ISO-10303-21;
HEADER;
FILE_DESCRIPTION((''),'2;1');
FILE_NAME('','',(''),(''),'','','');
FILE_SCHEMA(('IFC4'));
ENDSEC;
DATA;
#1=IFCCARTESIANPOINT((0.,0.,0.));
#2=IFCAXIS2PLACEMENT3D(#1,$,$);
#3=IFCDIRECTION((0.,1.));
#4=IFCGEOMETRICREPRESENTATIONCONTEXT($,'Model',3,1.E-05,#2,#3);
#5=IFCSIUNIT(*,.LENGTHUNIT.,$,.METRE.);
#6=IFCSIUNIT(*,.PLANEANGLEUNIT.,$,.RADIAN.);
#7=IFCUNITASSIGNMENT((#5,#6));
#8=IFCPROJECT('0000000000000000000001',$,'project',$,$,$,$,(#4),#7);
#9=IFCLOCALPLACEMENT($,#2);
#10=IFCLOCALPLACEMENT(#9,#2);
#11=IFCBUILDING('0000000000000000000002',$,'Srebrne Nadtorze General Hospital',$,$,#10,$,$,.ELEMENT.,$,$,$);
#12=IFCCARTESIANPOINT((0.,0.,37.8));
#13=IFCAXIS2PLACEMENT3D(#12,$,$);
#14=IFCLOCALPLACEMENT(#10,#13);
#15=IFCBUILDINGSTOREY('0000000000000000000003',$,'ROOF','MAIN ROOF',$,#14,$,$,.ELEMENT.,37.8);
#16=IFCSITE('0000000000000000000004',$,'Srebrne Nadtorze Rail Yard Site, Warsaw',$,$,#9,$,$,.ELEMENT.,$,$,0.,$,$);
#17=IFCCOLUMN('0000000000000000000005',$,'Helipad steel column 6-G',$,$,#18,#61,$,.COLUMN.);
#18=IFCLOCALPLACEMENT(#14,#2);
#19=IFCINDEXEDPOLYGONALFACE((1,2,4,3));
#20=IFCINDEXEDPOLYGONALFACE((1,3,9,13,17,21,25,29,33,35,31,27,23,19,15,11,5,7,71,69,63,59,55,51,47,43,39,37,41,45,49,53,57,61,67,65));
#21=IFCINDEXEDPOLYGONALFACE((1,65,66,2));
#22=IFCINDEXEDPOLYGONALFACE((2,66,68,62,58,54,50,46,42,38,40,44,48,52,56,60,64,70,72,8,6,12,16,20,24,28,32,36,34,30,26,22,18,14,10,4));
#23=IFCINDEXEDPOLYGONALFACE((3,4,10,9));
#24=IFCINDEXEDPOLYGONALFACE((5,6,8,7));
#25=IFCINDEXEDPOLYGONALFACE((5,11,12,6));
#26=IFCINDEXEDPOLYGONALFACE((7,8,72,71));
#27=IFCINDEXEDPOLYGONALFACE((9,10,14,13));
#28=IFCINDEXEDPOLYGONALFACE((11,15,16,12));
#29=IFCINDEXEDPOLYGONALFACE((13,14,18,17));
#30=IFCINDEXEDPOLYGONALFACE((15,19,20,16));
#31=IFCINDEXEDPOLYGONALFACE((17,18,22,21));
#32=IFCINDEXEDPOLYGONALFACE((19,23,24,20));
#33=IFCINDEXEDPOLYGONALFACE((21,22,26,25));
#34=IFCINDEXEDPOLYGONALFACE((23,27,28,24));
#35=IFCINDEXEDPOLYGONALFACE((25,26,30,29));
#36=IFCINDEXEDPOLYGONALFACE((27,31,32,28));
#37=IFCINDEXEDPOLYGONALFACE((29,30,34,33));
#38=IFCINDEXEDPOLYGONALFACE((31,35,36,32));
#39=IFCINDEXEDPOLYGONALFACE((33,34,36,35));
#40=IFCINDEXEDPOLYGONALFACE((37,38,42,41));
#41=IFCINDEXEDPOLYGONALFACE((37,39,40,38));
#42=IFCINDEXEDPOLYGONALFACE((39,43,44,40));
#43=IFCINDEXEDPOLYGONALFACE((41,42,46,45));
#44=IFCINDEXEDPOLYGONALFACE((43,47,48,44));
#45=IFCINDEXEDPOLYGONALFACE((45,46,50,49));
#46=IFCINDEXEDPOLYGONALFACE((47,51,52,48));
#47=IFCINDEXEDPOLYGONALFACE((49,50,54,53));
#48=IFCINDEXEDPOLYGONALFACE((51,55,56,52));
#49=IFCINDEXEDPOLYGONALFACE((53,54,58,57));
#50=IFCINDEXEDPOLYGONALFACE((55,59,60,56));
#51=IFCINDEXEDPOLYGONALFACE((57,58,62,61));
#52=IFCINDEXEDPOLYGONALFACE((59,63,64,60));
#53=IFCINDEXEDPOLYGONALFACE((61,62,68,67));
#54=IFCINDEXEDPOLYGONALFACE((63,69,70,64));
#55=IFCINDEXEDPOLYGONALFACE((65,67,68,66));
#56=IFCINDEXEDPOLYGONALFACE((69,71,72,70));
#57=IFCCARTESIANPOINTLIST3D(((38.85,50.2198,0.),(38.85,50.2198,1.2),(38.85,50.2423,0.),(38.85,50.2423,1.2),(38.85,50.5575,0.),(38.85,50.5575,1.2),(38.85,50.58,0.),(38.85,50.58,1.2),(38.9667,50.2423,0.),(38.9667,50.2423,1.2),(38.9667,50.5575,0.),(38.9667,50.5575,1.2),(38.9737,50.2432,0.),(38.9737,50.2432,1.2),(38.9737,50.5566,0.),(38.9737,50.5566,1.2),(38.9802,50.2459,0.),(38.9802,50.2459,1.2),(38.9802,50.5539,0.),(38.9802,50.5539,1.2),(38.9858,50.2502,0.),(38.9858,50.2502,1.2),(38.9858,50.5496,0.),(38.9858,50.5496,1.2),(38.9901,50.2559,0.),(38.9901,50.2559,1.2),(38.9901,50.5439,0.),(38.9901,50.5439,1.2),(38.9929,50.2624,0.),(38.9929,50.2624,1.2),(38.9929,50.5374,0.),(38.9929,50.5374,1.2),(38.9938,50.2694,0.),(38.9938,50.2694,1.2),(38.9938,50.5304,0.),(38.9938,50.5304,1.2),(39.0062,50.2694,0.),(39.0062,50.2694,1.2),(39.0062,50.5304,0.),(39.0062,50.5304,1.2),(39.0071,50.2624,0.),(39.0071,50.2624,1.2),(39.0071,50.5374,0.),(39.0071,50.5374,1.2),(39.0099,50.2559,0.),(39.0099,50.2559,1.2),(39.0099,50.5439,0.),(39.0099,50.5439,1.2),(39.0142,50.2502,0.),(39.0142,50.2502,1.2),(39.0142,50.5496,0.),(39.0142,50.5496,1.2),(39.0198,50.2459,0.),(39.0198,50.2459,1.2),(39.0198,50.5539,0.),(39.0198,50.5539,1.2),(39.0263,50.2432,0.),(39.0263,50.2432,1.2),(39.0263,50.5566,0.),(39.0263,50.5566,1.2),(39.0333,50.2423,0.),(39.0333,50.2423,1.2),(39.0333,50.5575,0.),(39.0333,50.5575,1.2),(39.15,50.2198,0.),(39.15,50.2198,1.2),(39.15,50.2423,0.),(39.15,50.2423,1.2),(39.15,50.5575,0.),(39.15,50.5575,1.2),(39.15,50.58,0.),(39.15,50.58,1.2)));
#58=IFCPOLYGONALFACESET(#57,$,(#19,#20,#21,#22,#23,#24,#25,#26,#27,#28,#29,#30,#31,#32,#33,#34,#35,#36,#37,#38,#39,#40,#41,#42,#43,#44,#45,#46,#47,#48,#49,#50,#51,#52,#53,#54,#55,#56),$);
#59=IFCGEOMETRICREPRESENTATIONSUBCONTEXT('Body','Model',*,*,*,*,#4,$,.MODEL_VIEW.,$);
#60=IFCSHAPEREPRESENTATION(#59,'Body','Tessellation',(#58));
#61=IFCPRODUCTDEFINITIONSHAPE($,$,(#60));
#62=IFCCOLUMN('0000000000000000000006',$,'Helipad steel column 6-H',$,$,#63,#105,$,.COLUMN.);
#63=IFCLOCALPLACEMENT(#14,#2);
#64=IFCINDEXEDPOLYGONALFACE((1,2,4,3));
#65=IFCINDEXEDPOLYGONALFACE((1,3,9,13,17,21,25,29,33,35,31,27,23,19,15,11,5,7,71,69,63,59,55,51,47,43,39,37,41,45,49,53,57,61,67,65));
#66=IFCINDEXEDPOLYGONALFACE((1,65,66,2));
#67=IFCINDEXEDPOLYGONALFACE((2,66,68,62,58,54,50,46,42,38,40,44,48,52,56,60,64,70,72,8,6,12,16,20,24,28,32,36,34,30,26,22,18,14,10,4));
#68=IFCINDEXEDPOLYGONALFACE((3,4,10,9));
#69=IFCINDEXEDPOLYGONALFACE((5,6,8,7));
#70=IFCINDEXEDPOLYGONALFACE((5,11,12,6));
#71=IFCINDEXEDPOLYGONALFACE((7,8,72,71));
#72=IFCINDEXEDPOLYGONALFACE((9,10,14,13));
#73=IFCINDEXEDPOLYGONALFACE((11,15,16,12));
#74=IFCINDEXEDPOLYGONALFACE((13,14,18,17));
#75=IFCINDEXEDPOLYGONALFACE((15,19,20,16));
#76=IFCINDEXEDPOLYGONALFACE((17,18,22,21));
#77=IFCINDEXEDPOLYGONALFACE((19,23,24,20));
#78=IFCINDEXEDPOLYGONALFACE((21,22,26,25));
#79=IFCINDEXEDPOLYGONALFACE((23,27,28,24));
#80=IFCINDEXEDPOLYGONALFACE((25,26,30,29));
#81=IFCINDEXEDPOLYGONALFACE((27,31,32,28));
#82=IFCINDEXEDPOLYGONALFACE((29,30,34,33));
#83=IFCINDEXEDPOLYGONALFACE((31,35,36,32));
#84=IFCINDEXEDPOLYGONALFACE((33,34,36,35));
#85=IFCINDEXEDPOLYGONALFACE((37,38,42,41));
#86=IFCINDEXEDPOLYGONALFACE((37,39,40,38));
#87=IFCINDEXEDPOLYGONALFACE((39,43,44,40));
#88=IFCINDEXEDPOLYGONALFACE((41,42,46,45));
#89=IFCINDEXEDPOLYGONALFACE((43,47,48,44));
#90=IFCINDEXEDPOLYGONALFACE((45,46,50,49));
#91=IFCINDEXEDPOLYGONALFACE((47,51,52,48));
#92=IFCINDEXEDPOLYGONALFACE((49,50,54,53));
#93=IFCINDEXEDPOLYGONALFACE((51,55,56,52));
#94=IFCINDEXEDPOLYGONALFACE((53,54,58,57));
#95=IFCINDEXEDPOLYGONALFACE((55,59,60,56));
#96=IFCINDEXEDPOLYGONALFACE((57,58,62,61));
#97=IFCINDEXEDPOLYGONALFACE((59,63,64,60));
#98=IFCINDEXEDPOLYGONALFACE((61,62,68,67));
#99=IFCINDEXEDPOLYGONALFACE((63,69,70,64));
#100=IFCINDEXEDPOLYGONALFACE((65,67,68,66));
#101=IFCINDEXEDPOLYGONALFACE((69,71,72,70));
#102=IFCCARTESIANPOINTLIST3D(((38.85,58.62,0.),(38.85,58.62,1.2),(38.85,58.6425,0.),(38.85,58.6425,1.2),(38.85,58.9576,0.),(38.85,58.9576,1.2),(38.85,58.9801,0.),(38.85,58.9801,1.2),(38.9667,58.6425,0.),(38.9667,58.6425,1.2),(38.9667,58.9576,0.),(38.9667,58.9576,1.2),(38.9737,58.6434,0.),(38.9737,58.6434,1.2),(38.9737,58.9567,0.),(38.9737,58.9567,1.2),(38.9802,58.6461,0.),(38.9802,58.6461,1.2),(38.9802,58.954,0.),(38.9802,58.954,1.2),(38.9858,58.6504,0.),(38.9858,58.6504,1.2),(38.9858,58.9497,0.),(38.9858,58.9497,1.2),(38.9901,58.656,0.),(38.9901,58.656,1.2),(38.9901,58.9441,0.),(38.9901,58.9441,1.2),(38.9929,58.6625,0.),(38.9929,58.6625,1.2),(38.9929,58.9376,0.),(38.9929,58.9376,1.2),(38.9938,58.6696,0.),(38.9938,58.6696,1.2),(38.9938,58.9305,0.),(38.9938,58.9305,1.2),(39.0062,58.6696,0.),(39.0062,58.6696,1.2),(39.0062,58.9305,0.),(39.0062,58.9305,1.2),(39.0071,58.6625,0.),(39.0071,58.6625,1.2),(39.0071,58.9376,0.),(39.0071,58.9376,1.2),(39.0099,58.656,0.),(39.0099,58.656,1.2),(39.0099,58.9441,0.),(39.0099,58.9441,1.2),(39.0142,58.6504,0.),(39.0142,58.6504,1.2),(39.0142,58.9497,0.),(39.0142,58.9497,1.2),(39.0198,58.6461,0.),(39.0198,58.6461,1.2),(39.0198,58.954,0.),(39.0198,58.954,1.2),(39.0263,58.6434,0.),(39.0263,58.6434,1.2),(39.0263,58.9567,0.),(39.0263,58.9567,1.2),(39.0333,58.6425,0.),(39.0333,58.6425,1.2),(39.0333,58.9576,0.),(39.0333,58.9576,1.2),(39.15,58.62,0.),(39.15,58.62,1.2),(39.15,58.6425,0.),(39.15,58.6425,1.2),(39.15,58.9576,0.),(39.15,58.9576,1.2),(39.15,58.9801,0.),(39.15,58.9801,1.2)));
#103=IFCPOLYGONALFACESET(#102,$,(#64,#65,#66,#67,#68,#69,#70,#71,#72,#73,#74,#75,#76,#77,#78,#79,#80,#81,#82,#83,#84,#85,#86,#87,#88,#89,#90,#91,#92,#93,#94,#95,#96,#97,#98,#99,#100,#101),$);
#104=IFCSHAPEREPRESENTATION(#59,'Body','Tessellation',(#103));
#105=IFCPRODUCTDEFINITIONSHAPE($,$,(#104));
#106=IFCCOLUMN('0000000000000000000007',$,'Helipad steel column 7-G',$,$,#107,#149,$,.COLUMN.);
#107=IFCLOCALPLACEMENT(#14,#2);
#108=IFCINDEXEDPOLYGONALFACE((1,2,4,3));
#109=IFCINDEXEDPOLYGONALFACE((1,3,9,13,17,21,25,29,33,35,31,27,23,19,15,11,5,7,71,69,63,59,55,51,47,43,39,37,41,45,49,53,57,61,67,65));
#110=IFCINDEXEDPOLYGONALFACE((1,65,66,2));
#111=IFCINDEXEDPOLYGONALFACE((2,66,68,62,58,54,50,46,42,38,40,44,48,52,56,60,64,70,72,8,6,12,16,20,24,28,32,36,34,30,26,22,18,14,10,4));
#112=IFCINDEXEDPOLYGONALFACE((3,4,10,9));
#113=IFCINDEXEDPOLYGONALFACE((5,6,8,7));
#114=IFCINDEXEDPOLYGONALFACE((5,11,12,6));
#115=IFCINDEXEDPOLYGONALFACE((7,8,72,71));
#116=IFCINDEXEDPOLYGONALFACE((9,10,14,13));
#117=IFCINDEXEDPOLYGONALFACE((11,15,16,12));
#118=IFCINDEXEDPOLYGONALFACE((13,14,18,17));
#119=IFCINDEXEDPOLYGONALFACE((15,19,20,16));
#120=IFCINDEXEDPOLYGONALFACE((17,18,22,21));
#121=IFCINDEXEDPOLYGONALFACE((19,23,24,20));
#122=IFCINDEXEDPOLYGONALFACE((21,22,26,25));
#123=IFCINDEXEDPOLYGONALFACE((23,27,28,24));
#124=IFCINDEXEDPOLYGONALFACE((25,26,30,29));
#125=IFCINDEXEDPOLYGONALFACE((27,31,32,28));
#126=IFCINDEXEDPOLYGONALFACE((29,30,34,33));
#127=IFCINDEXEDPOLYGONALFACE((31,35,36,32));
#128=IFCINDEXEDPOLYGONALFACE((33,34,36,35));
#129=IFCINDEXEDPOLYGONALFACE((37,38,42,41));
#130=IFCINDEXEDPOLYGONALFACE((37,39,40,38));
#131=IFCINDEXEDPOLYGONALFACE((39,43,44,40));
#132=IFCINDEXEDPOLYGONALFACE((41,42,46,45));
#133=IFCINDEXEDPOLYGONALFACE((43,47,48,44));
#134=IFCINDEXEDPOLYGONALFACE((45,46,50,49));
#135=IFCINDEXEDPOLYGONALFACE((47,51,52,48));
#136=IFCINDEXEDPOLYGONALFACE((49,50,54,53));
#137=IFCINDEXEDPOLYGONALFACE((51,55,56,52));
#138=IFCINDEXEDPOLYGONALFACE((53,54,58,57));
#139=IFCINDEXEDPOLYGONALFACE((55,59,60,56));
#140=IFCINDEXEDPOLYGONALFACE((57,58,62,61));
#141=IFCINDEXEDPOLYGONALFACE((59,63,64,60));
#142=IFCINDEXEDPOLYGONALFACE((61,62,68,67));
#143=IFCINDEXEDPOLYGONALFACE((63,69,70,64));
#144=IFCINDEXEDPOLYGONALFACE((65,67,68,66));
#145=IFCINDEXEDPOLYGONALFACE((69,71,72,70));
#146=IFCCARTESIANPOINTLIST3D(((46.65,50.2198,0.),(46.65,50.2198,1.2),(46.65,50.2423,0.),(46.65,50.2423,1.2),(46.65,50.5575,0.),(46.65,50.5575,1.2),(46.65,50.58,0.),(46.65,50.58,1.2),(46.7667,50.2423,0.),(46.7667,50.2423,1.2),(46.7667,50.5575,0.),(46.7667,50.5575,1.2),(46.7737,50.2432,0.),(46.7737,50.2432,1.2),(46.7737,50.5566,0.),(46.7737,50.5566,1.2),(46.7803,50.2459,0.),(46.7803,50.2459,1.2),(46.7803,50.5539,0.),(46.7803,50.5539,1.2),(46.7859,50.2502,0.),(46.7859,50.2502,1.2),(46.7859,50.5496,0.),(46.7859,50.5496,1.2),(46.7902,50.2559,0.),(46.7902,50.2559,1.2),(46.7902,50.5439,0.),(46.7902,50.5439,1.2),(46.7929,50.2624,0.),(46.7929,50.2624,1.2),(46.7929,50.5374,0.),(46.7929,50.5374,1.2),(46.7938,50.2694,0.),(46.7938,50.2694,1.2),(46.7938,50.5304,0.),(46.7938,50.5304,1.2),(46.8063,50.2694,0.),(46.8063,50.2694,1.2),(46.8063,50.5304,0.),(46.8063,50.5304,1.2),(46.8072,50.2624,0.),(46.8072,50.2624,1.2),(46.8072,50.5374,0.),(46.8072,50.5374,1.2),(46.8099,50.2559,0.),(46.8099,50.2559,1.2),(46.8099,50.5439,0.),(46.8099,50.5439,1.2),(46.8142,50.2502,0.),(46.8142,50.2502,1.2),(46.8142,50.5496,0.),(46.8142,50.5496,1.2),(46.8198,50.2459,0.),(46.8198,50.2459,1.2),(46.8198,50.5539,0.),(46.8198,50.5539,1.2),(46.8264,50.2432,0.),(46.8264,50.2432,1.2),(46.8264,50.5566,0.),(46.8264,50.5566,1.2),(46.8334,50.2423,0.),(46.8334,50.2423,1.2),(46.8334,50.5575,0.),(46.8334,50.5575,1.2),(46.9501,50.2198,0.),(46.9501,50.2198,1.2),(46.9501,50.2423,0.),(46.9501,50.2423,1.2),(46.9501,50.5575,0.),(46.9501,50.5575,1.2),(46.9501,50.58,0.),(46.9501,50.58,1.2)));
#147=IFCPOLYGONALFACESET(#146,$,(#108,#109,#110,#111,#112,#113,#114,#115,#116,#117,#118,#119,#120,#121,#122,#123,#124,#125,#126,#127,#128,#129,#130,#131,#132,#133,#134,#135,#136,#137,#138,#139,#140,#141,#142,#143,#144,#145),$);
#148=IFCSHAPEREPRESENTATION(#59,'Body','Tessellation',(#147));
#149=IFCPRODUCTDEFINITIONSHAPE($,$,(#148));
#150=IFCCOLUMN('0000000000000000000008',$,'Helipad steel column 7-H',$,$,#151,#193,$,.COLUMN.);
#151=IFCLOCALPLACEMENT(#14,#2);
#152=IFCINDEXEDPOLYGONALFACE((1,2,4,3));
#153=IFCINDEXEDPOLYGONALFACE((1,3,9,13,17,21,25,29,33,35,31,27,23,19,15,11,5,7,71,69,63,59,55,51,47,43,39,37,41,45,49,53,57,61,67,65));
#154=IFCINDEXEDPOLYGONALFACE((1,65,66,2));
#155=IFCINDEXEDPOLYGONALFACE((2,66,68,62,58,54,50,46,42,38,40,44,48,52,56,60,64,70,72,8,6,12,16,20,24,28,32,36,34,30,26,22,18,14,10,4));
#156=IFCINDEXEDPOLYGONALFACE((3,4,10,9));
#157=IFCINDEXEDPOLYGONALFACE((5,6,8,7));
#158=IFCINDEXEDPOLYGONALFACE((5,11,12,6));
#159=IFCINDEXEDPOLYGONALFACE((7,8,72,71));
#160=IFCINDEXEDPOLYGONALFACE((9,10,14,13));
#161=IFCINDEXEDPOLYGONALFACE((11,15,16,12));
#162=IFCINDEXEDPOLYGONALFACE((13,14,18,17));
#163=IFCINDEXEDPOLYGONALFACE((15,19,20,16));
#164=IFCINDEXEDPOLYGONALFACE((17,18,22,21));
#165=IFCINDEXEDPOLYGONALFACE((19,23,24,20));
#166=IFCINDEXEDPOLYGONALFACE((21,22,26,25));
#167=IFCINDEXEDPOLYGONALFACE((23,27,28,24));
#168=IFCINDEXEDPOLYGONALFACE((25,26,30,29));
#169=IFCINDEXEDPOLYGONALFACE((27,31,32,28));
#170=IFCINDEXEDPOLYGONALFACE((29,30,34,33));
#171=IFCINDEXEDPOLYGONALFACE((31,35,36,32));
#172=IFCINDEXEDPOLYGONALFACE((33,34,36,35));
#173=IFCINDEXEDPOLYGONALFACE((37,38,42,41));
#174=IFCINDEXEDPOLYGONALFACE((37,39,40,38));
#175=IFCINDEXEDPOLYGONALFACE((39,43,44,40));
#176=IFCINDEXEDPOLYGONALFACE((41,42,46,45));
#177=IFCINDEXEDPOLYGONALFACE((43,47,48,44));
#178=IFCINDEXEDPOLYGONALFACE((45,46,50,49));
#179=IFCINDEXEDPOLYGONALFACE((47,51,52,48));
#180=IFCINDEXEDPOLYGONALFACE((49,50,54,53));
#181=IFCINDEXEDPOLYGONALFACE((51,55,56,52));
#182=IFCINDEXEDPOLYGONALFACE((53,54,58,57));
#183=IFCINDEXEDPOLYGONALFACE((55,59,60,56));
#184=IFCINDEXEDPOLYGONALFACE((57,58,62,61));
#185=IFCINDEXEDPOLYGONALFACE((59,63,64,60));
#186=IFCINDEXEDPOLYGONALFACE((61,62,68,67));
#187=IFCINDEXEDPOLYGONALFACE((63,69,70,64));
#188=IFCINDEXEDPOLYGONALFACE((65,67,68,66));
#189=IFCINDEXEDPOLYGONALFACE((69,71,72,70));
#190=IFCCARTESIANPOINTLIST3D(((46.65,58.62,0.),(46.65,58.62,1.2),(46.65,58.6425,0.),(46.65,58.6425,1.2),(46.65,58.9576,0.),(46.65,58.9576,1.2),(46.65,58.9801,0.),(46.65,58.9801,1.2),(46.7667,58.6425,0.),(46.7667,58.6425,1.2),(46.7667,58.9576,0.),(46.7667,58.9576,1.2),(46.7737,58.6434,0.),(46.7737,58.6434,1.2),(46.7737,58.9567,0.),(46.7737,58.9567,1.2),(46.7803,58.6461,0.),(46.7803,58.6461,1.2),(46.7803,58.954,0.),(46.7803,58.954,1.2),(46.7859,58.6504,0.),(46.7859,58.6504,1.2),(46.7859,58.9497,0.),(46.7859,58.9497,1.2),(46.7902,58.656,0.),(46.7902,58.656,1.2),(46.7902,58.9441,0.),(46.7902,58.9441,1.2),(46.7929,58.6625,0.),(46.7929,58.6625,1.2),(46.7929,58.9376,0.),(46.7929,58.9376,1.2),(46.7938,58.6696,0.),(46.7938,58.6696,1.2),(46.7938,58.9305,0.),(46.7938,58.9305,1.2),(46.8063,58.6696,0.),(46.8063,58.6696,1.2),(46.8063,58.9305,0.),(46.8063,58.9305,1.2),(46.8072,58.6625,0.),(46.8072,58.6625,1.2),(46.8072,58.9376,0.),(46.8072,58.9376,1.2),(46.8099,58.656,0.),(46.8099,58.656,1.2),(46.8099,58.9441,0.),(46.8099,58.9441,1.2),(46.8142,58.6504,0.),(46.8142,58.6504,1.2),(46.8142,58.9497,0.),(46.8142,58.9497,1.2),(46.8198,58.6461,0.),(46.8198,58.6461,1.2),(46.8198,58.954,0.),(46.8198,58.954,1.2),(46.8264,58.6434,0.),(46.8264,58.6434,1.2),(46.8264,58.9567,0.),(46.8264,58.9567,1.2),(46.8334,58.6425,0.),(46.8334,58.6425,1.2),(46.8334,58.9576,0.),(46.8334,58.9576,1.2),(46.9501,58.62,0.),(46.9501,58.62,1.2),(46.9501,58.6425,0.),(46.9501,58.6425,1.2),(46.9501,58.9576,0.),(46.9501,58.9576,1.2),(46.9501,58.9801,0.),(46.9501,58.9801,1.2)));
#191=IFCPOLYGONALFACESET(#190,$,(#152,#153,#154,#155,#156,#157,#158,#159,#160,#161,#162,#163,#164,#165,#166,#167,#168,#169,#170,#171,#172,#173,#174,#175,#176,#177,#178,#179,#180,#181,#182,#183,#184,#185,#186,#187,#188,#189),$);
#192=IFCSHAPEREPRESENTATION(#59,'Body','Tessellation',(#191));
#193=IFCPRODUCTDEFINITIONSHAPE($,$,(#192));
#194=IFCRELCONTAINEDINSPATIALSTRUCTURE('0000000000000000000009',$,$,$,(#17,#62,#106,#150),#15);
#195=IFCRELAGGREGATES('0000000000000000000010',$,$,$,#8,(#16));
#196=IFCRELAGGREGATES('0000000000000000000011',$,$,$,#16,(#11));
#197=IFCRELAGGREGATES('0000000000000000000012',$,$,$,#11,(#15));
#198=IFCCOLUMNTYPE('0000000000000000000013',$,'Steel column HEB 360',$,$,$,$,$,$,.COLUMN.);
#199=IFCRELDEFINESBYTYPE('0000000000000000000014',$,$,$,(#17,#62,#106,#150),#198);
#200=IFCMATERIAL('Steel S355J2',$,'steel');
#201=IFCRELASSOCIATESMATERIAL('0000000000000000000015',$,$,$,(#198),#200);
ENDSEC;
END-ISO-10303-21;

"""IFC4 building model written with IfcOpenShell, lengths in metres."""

from ifc_helpers import new_model, si_unit, direction, frame, origin, origin_2d, place, context, subcontext, project, spatial, i_section, extrude, material, material_profile, profile_set, type_object, element, save


model = new_model("IFC4")

# Units and contexts
model_context = context("Model", 3, precision=1e-05, world=origin(), true_north=direction((0.0, 1.0)))
body_context = subcontext(model_context, "Body", "Model", "MODEL_VIEW")
ifc_project = project(units=[si_unit("LENGTHUNIT", "METRE"), si_unit("PLANEANGLEUNIT", "RADIAN")], contexts=[model_context])

# Site, building, storey
site_placement = place(None, origin())
site = spatial("IfcSite", under=ifc_project, at=site_placement, Name="Srebrne Nadtorze Rail Yard Site, Warsaw", CompositionType="ELEMENT", RefElevation=0.0)
building_placement = place(site_placement, origin())
building = spatial("IfcBuilding", under=site, at=building_placement, Name="Srebrne Nadtorze General Hospital", CompositionType="ELEMENT")
storey_placement = place(building_placement, frame((0.0, 0.0, 37.8)))
storey = spatial("IfcBuildingStorey", under=building, at=storey_placement, Name="ROOF", Description="MAIN ROOF", CompositionType="ELEMENT", Elevation=37.8)

# Columns
ifc_material_1 = material(Name="Steel S355J2", Category="steel")
ifc_material_profile_1 = material_profile(ifc_material_1, i_section(OverallWidth=0.3, OverallDepth=0.3601, WebThickness=0.0125, FlangeThickness=0.0225, FilletRadius=0.0271, at=origin_2d()), Name="HEB-360")
ifc_profile_set_1 = profile_set([ifc_material_profile_1], Name="Steel S355J2")
column_type_1 = type_object("IfcColumnType", Name="Steel column HEB 360", PredefinedType="COLUMN", material=ifc_profile_set_1)
for number, where, z_axis, x_axis, name in (
    (1, (39.0, 50.3999, 0.0), (0.0, 0.0, 1.0), (1.0, 0.0, 0.0), "Helipad steel column 6-G"),
    (2, (39.0, 58.8, 0.0), (0.0, 0.0, 1.0), (1.0, 0.0, 0.0), "Helipad steel column 6-H"),
    (3, (46.8, 50.3999, 0.0), (0.0, 0.0, 1.0), (1.0, 0.0, 0.0), "Helipad steel column 7-G"),
    (4, (46.8, 58.8, 0.0), (0.0, 0.0, 1.0), (1.0, 0.0, 0.0), "Helipad steel column 7-H"),
):
    element("IfcColumn", number, at=place(storey_placement, frame(where, z_axis=z_axis, x_axis=x_axis)), inside=storey, type_object=column_type_1, Name=name, PredefinedType="COLUMN", context=body_context, shape_type="SweptSolid", body=[
        extrude(i_section(OverallWidth=0.3, OverallDepth=0.3601, WebThickness=0.0125, FlangeThickness=0.0225, FilletRadius=0.0271, at=origin_2d()), origin(), (0.0, 0.0, 1.0), 1.2),
    ])

save(model, "model.ifc")
